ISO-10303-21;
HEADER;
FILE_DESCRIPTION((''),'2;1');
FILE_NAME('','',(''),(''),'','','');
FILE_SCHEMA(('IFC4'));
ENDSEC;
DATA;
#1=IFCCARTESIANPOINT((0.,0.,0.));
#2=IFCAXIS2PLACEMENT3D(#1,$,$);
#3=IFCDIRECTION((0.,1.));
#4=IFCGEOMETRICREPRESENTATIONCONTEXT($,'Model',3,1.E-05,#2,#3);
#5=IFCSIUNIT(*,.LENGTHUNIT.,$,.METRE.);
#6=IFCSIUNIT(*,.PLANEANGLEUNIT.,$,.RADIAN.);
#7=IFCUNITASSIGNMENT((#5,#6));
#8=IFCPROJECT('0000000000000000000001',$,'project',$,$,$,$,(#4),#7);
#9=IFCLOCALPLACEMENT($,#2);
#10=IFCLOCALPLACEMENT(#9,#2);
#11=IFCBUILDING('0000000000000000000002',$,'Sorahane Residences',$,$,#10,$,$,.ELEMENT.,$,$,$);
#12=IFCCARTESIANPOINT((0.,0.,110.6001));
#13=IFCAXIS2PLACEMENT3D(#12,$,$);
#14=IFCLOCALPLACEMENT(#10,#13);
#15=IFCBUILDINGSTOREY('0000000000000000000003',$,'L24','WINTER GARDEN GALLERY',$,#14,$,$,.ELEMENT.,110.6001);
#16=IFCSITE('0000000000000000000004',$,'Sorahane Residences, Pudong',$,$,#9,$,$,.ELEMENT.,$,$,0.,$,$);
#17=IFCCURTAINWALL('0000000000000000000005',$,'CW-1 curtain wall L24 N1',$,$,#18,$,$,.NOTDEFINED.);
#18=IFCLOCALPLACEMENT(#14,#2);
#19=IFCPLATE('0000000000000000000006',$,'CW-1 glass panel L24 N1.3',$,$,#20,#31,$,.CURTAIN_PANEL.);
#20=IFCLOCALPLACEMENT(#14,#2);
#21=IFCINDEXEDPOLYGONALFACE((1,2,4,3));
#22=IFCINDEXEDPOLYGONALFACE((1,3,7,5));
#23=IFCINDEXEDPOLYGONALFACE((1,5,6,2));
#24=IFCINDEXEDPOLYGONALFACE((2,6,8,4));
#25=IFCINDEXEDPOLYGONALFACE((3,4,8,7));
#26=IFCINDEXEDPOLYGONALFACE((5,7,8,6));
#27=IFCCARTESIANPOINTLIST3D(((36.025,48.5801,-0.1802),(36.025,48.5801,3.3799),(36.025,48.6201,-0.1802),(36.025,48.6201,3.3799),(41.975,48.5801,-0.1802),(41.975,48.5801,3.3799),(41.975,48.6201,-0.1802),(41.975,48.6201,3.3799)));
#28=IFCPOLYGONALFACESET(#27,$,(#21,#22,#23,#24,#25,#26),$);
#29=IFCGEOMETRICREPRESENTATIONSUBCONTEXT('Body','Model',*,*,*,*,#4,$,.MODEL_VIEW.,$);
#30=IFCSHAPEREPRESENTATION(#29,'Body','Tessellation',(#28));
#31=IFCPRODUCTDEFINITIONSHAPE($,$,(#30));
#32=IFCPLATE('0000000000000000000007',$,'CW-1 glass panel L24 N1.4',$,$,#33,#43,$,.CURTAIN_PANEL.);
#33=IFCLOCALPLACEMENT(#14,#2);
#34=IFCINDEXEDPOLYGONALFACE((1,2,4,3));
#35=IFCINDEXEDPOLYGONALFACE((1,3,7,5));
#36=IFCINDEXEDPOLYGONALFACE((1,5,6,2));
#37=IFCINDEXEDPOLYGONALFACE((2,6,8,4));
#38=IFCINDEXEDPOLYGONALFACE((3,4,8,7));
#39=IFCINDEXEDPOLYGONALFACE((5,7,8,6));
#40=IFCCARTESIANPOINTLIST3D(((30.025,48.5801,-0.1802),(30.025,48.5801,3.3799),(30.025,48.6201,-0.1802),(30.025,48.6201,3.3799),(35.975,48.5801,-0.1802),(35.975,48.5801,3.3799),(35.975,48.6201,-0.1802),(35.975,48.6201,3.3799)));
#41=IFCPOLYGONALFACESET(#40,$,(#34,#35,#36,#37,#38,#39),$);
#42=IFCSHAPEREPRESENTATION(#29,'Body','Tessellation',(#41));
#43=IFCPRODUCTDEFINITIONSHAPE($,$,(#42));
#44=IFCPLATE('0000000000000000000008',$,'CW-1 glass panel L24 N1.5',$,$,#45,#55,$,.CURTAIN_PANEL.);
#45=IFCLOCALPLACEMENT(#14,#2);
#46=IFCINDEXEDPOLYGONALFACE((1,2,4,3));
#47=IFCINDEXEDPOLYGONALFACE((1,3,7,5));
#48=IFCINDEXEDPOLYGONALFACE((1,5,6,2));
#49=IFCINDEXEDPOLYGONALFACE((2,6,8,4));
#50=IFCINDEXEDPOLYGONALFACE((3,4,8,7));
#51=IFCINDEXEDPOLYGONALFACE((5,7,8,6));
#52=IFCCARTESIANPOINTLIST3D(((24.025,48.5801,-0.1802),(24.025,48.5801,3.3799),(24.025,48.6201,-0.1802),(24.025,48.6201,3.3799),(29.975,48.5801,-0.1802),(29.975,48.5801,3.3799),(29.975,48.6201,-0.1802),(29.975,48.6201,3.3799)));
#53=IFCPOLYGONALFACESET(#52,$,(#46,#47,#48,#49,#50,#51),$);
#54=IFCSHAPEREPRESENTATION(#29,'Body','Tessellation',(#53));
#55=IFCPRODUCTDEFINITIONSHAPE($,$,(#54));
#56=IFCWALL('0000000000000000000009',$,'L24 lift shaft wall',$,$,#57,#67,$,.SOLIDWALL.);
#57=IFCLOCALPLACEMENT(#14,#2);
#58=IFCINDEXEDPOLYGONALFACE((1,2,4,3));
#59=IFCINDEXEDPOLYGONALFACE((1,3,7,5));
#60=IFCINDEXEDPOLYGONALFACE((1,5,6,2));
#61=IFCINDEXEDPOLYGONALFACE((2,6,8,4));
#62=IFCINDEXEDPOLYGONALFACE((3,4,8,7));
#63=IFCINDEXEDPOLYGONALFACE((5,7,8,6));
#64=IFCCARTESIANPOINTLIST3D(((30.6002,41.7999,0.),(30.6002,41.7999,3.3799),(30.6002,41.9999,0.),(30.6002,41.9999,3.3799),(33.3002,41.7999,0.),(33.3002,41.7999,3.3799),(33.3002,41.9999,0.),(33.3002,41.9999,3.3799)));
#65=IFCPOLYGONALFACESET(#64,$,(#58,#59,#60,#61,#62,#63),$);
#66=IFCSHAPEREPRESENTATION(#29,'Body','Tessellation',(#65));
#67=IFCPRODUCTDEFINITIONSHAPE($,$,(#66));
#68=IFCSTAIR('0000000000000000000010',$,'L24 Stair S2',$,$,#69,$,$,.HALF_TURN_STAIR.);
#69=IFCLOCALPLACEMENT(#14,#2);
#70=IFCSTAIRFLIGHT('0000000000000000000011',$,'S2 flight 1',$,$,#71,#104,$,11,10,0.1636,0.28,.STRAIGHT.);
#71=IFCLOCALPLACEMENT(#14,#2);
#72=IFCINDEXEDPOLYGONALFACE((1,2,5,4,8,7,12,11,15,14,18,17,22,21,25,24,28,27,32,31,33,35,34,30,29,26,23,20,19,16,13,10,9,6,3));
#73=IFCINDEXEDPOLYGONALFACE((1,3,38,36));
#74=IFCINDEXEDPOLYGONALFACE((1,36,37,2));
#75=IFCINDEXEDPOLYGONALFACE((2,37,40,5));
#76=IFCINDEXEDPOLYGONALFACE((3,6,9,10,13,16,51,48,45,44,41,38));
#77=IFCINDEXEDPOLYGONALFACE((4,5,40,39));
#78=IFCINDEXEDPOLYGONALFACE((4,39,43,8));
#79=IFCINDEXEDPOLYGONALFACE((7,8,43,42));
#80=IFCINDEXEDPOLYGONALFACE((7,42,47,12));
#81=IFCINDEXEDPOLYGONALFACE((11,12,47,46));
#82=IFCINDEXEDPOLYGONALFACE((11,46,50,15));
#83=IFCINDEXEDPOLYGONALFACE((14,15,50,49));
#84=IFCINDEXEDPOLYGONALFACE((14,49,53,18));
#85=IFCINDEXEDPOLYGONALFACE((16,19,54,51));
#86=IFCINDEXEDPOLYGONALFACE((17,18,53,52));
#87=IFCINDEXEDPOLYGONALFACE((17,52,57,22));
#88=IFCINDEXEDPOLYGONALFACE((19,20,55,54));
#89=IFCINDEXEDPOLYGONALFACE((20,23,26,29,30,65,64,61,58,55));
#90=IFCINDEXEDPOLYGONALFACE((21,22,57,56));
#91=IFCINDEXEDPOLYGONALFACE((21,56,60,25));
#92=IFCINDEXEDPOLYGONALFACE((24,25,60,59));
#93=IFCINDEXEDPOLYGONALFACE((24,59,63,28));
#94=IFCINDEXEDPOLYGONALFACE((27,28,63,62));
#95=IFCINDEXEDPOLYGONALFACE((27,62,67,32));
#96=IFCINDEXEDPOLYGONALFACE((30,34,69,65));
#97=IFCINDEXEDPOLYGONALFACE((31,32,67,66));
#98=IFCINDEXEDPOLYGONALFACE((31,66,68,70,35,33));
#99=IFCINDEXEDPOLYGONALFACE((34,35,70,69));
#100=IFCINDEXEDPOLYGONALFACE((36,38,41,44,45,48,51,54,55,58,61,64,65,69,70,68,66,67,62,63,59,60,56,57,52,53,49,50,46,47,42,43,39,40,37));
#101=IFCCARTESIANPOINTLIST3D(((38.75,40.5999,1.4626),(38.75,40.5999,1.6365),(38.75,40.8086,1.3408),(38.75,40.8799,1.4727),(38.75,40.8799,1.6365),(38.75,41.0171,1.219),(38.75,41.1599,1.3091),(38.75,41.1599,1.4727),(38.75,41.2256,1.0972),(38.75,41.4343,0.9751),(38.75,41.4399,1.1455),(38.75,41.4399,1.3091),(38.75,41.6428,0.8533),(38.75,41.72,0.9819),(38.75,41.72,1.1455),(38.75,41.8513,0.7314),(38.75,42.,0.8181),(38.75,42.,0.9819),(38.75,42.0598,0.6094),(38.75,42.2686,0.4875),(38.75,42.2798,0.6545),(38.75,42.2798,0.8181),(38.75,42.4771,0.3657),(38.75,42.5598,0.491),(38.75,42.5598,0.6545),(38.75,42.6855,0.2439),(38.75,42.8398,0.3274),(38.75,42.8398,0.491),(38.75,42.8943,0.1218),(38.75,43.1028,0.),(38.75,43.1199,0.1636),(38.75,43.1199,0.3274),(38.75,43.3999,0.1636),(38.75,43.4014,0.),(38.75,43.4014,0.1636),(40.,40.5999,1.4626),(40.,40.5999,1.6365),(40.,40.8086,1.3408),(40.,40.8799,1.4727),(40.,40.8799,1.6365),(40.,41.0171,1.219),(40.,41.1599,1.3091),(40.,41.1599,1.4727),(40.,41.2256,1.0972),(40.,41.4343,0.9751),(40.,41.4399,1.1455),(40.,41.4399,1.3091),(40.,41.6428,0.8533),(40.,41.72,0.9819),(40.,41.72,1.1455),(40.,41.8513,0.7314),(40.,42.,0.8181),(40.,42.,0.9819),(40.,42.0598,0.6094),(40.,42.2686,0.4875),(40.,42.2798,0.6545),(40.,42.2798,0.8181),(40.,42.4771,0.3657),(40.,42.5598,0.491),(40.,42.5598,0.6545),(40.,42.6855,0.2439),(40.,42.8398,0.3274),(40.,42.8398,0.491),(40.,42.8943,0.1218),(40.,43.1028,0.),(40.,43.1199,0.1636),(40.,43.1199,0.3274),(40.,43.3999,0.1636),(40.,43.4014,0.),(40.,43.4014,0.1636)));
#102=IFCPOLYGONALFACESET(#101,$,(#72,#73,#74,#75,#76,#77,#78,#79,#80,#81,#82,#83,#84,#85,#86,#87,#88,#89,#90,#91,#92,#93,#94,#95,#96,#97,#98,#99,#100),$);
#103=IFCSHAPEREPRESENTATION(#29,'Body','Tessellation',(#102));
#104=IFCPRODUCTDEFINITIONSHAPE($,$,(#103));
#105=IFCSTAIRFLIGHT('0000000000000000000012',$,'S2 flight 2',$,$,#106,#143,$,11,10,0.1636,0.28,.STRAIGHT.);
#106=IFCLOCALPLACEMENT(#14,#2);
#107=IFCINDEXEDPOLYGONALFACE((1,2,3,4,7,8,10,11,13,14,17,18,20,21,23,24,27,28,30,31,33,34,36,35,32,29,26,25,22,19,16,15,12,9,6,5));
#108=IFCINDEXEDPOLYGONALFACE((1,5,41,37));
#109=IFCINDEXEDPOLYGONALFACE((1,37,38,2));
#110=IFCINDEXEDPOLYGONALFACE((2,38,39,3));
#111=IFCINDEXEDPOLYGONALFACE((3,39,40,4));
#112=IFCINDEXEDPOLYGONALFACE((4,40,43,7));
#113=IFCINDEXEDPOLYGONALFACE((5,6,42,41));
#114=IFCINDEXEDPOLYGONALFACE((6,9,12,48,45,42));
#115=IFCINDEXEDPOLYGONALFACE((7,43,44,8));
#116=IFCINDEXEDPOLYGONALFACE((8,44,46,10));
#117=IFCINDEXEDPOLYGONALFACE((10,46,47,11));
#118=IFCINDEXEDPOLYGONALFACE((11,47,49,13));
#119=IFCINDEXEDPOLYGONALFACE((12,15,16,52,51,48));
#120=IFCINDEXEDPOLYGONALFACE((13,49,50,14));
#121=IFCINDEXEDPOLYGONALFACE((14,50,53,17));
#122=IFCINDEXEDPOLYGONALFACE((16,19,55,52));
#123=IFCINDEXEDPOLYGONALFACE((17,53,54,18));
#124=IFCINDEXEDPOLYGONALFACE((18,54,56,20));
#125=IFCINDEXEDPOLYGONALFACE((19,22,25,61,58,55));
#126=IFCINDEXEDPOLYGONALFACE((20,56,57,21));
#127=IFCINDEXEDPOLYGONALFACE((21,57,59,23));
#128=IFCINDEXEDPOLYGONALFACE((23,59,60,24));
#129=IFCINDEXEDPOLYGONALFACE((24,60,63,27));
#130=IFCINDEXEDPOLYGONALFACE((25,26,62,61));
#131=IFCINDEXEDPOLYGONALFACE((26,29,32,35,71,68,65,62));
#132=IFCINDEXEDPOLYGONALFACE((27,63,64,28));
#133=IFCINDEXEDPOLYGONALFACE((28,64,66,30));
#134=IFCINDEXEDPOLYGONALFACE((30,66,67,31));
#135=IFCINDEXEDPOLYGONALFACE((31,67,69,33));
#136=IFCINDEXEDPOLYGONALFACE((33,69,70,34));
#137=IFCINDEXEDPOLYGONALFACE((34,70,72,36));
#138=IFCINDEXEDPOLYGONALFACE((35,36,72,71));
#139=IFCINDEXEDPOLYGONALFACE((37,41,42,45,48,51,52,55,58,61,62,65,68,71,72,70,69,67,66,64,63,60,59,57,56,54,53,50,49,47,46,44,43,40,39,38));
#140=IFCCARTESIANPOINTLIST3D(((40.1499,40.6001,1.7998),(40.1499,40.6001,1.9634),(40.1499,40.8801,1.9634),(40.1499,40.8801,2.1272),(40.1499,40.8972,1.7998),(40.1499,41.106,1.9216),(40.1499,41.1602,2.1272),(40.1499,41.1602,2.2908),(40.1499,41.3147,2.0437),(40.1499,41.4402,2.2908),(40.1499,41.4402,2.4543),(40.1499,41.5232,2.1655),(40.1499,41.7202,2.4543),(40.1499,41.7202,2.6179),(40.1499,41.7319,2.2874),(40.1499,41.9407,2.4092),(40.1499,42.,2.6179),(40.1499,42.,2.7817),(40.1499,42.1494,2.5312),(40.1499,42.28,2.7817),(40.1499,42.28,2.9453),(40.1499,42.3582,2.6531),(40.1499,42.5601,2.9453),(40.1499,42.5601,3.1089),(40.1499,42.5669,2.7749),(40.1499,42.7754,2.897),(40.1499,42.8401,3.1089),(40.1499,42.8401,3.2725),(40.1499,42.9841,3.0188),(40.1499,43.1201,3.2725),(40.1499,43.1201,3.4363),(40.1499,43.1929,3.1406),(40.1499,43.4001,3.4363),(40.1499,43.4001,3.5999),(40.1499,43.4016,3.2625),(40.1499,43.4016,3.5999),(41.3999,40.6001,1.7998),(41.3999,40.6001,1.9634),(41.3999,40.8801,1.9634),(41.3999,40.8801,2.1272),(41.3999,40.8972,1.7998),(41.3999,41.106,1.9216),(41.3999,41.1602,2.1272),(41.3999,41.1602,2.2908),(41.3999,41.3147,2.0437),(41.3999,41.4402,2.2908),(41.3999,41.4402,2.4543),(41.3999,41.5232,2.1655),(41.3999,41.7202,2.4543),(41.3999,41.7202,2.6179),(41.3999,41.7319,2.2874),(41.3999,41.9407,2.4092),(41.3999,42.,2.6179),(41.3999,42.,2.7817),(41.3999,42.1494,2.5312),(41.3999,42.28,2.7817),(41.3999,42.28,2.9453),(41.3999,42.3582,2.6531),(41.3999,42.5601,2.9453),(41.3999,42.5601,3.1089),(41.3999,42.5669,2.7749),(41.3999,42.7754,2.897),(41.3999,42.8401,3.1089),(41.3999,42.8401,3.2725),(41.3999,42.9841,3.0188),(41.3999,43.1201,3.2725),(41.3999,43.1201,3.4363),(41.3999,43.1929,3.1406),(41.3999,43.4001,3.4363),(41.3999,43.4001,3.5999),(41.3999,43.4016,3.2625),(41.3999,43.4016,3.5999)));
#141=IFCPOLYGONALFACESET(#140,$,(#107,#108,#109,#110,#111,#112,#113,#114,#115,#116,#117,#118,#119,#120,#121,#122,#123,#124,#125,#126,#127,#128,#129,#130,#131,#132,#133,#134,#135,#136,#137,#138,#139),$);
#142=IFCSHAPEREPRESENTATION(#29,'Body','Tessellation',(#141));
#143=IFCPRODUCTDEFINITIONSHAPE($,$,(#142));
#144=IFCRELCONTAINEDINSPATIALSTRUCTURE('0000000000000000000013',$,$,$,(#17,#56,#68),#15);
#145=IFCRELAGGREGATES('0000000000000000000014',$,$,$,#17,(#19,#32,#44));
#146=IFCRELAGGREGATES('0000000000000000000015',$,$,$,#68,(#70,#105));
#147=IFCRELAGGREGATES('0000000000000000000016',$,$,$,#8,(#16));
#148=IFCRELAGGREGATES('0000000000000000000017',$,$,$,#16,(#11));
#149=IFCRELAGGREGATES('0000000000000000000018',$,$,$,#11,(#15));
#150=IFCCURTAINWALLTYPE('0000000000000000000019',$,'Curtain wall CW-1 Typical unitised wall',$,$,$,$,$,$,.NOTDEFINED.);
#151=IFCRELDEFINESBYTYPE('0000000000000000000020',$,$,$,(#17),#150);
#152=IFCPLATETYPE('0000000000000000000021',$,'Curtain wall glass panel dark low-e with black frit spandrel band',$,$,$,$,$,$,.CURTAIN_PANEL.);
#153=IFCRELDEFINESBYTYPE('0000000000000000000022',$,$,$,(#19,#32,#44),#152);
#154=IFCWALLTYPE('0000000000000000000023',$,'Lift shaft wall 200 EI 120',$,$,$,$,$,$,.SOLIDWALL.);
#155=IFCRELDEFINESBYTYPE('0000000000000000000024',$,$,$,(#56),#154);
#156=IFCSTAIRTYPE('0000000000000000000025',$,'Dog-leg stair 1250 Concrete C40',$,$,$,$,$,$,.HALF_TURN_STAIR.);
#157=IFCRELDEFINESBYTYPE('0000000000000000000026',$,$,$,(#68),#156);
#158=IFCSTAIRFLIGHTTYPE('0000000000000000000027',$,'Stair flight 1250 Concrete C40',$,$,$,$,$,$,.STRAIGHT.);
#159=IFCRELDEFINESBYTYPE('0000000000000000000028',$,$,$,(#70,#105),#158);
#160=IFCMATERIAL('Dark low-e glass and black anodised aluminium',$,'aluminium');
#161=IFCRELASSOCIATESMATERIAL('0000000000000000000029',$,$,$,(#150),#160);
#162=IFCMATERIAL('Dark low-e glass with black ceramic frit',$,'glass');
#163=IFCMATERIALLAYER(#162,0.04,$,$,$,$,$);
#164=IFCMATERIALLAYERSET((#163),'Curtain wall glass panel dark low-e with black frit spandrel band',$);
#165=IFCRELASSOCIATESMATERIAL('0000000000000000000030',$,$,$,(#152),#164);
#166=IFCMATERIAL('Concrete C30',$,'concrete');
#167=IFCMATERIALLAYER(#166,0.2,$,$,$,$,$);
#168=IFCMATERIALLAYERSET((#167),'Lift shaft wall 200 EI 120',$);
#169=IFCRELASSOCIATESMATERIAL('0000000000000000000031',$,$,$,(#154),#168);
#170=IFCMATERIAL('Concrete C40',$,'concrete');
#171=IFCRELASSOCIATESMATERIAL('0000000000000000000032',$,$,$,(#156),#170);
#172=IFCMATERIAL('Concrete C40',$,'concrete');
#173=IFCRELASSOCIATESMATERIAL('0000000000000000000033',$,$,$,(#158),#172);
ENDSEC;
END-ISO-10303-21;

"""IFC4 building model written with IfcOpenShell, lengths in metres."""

from ifc_helpers import new_model, si_unit, direction, frame, frame_2d, origin, origin_2d, place, context, subcontext, project, spatial, polyline, rectangle, outline, extrude, material, layer, layer_set, type_object, element, aggregate, save


model = new_model("IFC4")

# Units and contexts
model_context = context("Model", 3, precision=1e-05, world=origin(), true_north=direction((0.0, 1.0)))
body_context = subcontext(model_context, "Body", "Model", "MODEL_VIEW")
ifc_project = project(units=[si_unit("LENGTHUNIT", "METRE"), si_unit("PLANEANGLEUNIT", "RADIAN")], contexts=[model_context])

# Site, building, storey
site_placement = place(None, origin())
site = spatial("IfcSite", under=ifc_project, at=site_placement, Name="Sorahane Residences, Pudong", CompositionType="ELEMENT", RefElevation=0.0)
building_placement = place(site_placement, origin())
building = spatial("IfcBuilding", under=site, at=building_placement, Name="Sorahane Residences", CompositionType="ELEMENT")
storey_placement = place(building_placement, frame((0.0, 0.0, 110.6001)))
storey = spatial("IfcBuildingStorey", under=building, at=storey_placement, Name="L24", Description="WINTER GARDEN GALLERY", CompositionType="ELEMENT", Elevation=110.6001)

# Curtain wall
ifc_material_1 = material(Name="Dark low-e glass and black anodised aluminium", Category="aluminium")
curtain_wall_type = type_object("IfcCurtainWallType", Name="Curtain wall CW-1 Typical unitised wall", PredefinedType="NOTDEFINED", material=ifc_material_1)
curtain_wall_placement = place(storey_placement, origin())
curtain_wall = element("IfcCurtainWall", 1, at=curtain_wall_placement, inside=storey, type_object=curtain_wall_type, Name="CW-1 curtain wall L24 N1", PredefinedType="NOTDEFINED")

# Plates
ifc_material_2 = material(Name="Dark low-e glass with black ceramic frit", Category="glass")
ifc_layer_1 = layer(ifc_material_2, 0.04)
ifc_layer_set_1 = layer_set([ifc_layer_1], Name="Curtain wall glass panel dark low-e with black frit spandrel band")
plate_type = type_object("IfcPlateType", Name="Curtain wall glass panel dark low-e with black frit spandrel band", PredefinedType="CURTAIN_PANEL", material=ifc_layer_set_1)
plate_1_placement = place(storey_placement, frame((39.0, 48.6001, -0.1802), z_axis=(0.0, 0.0, 1.0), x_axis=(-1.0, 0.0, 0.0)))
plate_1 = element("IfcPlate", 2, at=plate_1_placement, type_object=plate_type, Name="CW-1 glass panel L24 N1.3", PredefinedType="CURTAIN_PANEL", context=body_context, shape_type="SweptSolid", body=[
    extrude(rectangle(XDim=5.95, YDim=0.04, at=origin_2d()), origin(), (0.0, 0.0, 1.0), 3.5601),
])
plate_2_placement = place(storey_placement, frame((33.0, 48.6001, -0.1802), z_axis=(0.0, 0.0, 1.0), x_axis=(-1.0, 0.0, 0.0)))
plate_2 = element("IfcPlate", 3, at=plate_2_placement, type_object=plate_type, Name="CW-1 glass panel L24 N1.4", PredefinedType="CURTAIN_PANEL", context=body_context, shape_type="SweptSolid", body=[
    extrude(rectangle(XDim=5.95, YDim=0.04, at=origin_2d()), origin(), (0.0, 0.0, 1.0), 3.5601),
])
plate_3_placement = place(storey_placement, frame((27.0, 48.6001, -0.1802), z_axis=(0.0, 0.0, 1.0), x_axis=(-1.0, 0.0, 0.0)))
plate_3 = element("IfcPlate", 4, at=plate_3_placement, type_object=plate_type, Name="CW-1 glass panel L24 N1.5", PredefinedType="CURTAIN_PANEL", context=body_context, shape_type="SweptSolid", body=[
    extrude(rectangle(XDim=5.95, YDim=0.04, at=origin_2d()), origin(), (0.0, 0.0, 1.0), 3.5601),
])
aggregate(curtain_wall, [plate_1, plate_2, plate_3])

# Wall
ifc_material_3 = material(Name="Concrete C30", Category="concrete")
ifc_layer_2 = layer(ifc_material_3, 0.2)
ifc_layer_set_2 = layer_set([ifc_layer_2], Name="Lift shaft wall 200 EI 120")
wall_type = type_object("IfcWallType", Name="Lift shaft wall 200 EI 120", PredefinedType="SOLIDWALL", material=ifc_layer_set_2)
wall_placement = place(storey_placement, frame((30.6001, 41.8999, 0.0), z_axis=(0.0, 0.0, 1.0), x_axis=(1.0, 0.0, 0.0)))
element("IfcWall", 5, at=wall_placement, inside=storey, type_object=wall_type, Name="L24 lift shaft wall", PredefinedType="SOLIDWALL", context=body_context, shape_type="SweptSolid", body=[
    extrude(rectangle(XDim=2.7, YDim=0.2, at=frame_2d((1.3501, 0.0))), origin(), (0.0, 0.0, 1.0), 3.3799),
])

# Stair, stair flights
ifc_material_4 = material(Name="Concrete C40", Category="concrete")
stair_type = type_object("IfcStairType", Name="Dog-leg stair 1250 Concrete C40", PredefinedType="HALF_TURN_STAIR", material=ifc_material_4)
stair_placement = place(storey_placement, origin())
stair = element("IfcStair", 6, at=stair_placement, inside=storey, type_object=stair_type, Name="L24 Stair S2", PredefinedType="HALF_TURN_STAIR")
ifc_material_5 = material(Name="Concrete C40", Category="concrete")
stair_flight_type = type_object("IfcStairFlightType", Name="Stair flight 1250 Concrete C40", PredefinedType="STRAIGHT", material=ifc_material_5)
stair_flight_1_placement = place(storey_placement, frame((39.375, 43.3999, 0.0), z_axis=(0.0, 0.0, 1.0), x_axis=(0.0, -1.0, 0.0)))
stair_flight_1 = element("IfcStairFlight", 7, at=stair_flight_1_placement, type_object=stair_flight_type, Name="S2 flight 1", NumberOfRisers=11, NumberOfTreads=10, PredefinedType="STRAIGHT", RiserHeight=0.1636, TreadLength=0.28, context=body_context, shape_type="SweptSolid", body=[
    extrude(outline(polyline([(-0.0015, 0.0), (-0.0015, 0.1636), (0.0, 0.1636), (0.28, 0.1636), (0.28, 0.3274), (0.5601, 0.3274), (0.5601, 0.491), (0.8401, 0.491), (0.8401, 0.6545), (1.1201, 0.6545), (1.1201, 0.8181), (1.3999, 0.8181), (1.3999, 0.9819), (1.6799, 0.9819), (1.6799, 1.1455), (1.96, 1.1455), (1.96, 1.3091), (2.24, 1.3091), (2.24, 1.4727), (2.52, 1.4727), (2.52, 1.6365), (2.8, 1.6365), (2.8, 1.8), (2.8, 1.4626), (2.5913, 1.3408), (2.3828, 1.219), (2.1743, 1.0972), (1.9656, 0.9751), (1.7571, 0.8533), (1.5486, 0.7314), (1.3401, 0.6094), (1.1313, 0.4875), (0.9229, 0.3657), (0.7144, 0.2439), (0.5056, 0.1218), (0.2971, 0.0), (-0.0015, 0.0)])), frame((0.0, 0.625, 0.0), z_axis=(0.0, -1.0, 0.0), x_axis=(1.0, 0.0, 0.0)), (0.0, 0.0, 1.0), 1.25),
])
stair_flight_2_placement = place(storey_placement, frame((40.7749, 40.6001, 1.7998), z_axis=(0.0, 0.0, 1.0), x_axis=(0.0, 1.0, 0.0)))
stair_flight_2 = element("IfcStairFlight", 8, at=stair_flight_2_placement, type_object=stair_flight_type, Name="S2 flight 2", NumberOfRisers=11, NumberOfTreads=10, PredefinedType="STRAIGHT", RiserHeight=0.1636, TreadLength=0.28, context=body_context, shape_type="SweptSolid", body=[
    extrude(outline(polyline([(0.0, 0.0), (0.0, 0.1636), (0.28, 0.1636), (0.28, 0.3274), (0.5601, 0.3274), (0.5601, 0.491), (0.8401, 0.491), (0.8401, 0.6545), (1.1201, 0.6545), (1.1201, 0.8181), (1.3999, 0.8181), (1.3999, 0.9819), (1.6799, 0.9819), (1.6799, 1.1455), (1.96, 1.1455), (1.96, 1.3091), (2.24, 1.3091), (2.24, 1.4727), (2.52, 1.4727), (2.52, 1.6365), (2.8, 1.6365), (2.8, 1.8), (2.8015, 1.8), (2.8015, 1.4626), (2.5928, 1.3408), (2.384, 1.219), (2.1753, 1.0972), (1.9668, 0.9751), (1.7581, 0.8533), (1.5493, 0.7314), (1.3406, 0.6094), (1.1318, 0.4875), (0.9231, 0.3657), (0.7146, 0.2439), (0.5059, 0.1218), (0.2971, 0.0), (0.0, 0.0)])), frame((0.0, 0.625, 0.0), z_axis=(0.0, -1.0, 0.0), x_axis=(1.0, 0.0, 0.0)), (0.0, 0.0, 1.0), 1.25),
])
aggregate(stair, [stair_flight_1, stair_flight_2])

save(model, "model.ifc")
